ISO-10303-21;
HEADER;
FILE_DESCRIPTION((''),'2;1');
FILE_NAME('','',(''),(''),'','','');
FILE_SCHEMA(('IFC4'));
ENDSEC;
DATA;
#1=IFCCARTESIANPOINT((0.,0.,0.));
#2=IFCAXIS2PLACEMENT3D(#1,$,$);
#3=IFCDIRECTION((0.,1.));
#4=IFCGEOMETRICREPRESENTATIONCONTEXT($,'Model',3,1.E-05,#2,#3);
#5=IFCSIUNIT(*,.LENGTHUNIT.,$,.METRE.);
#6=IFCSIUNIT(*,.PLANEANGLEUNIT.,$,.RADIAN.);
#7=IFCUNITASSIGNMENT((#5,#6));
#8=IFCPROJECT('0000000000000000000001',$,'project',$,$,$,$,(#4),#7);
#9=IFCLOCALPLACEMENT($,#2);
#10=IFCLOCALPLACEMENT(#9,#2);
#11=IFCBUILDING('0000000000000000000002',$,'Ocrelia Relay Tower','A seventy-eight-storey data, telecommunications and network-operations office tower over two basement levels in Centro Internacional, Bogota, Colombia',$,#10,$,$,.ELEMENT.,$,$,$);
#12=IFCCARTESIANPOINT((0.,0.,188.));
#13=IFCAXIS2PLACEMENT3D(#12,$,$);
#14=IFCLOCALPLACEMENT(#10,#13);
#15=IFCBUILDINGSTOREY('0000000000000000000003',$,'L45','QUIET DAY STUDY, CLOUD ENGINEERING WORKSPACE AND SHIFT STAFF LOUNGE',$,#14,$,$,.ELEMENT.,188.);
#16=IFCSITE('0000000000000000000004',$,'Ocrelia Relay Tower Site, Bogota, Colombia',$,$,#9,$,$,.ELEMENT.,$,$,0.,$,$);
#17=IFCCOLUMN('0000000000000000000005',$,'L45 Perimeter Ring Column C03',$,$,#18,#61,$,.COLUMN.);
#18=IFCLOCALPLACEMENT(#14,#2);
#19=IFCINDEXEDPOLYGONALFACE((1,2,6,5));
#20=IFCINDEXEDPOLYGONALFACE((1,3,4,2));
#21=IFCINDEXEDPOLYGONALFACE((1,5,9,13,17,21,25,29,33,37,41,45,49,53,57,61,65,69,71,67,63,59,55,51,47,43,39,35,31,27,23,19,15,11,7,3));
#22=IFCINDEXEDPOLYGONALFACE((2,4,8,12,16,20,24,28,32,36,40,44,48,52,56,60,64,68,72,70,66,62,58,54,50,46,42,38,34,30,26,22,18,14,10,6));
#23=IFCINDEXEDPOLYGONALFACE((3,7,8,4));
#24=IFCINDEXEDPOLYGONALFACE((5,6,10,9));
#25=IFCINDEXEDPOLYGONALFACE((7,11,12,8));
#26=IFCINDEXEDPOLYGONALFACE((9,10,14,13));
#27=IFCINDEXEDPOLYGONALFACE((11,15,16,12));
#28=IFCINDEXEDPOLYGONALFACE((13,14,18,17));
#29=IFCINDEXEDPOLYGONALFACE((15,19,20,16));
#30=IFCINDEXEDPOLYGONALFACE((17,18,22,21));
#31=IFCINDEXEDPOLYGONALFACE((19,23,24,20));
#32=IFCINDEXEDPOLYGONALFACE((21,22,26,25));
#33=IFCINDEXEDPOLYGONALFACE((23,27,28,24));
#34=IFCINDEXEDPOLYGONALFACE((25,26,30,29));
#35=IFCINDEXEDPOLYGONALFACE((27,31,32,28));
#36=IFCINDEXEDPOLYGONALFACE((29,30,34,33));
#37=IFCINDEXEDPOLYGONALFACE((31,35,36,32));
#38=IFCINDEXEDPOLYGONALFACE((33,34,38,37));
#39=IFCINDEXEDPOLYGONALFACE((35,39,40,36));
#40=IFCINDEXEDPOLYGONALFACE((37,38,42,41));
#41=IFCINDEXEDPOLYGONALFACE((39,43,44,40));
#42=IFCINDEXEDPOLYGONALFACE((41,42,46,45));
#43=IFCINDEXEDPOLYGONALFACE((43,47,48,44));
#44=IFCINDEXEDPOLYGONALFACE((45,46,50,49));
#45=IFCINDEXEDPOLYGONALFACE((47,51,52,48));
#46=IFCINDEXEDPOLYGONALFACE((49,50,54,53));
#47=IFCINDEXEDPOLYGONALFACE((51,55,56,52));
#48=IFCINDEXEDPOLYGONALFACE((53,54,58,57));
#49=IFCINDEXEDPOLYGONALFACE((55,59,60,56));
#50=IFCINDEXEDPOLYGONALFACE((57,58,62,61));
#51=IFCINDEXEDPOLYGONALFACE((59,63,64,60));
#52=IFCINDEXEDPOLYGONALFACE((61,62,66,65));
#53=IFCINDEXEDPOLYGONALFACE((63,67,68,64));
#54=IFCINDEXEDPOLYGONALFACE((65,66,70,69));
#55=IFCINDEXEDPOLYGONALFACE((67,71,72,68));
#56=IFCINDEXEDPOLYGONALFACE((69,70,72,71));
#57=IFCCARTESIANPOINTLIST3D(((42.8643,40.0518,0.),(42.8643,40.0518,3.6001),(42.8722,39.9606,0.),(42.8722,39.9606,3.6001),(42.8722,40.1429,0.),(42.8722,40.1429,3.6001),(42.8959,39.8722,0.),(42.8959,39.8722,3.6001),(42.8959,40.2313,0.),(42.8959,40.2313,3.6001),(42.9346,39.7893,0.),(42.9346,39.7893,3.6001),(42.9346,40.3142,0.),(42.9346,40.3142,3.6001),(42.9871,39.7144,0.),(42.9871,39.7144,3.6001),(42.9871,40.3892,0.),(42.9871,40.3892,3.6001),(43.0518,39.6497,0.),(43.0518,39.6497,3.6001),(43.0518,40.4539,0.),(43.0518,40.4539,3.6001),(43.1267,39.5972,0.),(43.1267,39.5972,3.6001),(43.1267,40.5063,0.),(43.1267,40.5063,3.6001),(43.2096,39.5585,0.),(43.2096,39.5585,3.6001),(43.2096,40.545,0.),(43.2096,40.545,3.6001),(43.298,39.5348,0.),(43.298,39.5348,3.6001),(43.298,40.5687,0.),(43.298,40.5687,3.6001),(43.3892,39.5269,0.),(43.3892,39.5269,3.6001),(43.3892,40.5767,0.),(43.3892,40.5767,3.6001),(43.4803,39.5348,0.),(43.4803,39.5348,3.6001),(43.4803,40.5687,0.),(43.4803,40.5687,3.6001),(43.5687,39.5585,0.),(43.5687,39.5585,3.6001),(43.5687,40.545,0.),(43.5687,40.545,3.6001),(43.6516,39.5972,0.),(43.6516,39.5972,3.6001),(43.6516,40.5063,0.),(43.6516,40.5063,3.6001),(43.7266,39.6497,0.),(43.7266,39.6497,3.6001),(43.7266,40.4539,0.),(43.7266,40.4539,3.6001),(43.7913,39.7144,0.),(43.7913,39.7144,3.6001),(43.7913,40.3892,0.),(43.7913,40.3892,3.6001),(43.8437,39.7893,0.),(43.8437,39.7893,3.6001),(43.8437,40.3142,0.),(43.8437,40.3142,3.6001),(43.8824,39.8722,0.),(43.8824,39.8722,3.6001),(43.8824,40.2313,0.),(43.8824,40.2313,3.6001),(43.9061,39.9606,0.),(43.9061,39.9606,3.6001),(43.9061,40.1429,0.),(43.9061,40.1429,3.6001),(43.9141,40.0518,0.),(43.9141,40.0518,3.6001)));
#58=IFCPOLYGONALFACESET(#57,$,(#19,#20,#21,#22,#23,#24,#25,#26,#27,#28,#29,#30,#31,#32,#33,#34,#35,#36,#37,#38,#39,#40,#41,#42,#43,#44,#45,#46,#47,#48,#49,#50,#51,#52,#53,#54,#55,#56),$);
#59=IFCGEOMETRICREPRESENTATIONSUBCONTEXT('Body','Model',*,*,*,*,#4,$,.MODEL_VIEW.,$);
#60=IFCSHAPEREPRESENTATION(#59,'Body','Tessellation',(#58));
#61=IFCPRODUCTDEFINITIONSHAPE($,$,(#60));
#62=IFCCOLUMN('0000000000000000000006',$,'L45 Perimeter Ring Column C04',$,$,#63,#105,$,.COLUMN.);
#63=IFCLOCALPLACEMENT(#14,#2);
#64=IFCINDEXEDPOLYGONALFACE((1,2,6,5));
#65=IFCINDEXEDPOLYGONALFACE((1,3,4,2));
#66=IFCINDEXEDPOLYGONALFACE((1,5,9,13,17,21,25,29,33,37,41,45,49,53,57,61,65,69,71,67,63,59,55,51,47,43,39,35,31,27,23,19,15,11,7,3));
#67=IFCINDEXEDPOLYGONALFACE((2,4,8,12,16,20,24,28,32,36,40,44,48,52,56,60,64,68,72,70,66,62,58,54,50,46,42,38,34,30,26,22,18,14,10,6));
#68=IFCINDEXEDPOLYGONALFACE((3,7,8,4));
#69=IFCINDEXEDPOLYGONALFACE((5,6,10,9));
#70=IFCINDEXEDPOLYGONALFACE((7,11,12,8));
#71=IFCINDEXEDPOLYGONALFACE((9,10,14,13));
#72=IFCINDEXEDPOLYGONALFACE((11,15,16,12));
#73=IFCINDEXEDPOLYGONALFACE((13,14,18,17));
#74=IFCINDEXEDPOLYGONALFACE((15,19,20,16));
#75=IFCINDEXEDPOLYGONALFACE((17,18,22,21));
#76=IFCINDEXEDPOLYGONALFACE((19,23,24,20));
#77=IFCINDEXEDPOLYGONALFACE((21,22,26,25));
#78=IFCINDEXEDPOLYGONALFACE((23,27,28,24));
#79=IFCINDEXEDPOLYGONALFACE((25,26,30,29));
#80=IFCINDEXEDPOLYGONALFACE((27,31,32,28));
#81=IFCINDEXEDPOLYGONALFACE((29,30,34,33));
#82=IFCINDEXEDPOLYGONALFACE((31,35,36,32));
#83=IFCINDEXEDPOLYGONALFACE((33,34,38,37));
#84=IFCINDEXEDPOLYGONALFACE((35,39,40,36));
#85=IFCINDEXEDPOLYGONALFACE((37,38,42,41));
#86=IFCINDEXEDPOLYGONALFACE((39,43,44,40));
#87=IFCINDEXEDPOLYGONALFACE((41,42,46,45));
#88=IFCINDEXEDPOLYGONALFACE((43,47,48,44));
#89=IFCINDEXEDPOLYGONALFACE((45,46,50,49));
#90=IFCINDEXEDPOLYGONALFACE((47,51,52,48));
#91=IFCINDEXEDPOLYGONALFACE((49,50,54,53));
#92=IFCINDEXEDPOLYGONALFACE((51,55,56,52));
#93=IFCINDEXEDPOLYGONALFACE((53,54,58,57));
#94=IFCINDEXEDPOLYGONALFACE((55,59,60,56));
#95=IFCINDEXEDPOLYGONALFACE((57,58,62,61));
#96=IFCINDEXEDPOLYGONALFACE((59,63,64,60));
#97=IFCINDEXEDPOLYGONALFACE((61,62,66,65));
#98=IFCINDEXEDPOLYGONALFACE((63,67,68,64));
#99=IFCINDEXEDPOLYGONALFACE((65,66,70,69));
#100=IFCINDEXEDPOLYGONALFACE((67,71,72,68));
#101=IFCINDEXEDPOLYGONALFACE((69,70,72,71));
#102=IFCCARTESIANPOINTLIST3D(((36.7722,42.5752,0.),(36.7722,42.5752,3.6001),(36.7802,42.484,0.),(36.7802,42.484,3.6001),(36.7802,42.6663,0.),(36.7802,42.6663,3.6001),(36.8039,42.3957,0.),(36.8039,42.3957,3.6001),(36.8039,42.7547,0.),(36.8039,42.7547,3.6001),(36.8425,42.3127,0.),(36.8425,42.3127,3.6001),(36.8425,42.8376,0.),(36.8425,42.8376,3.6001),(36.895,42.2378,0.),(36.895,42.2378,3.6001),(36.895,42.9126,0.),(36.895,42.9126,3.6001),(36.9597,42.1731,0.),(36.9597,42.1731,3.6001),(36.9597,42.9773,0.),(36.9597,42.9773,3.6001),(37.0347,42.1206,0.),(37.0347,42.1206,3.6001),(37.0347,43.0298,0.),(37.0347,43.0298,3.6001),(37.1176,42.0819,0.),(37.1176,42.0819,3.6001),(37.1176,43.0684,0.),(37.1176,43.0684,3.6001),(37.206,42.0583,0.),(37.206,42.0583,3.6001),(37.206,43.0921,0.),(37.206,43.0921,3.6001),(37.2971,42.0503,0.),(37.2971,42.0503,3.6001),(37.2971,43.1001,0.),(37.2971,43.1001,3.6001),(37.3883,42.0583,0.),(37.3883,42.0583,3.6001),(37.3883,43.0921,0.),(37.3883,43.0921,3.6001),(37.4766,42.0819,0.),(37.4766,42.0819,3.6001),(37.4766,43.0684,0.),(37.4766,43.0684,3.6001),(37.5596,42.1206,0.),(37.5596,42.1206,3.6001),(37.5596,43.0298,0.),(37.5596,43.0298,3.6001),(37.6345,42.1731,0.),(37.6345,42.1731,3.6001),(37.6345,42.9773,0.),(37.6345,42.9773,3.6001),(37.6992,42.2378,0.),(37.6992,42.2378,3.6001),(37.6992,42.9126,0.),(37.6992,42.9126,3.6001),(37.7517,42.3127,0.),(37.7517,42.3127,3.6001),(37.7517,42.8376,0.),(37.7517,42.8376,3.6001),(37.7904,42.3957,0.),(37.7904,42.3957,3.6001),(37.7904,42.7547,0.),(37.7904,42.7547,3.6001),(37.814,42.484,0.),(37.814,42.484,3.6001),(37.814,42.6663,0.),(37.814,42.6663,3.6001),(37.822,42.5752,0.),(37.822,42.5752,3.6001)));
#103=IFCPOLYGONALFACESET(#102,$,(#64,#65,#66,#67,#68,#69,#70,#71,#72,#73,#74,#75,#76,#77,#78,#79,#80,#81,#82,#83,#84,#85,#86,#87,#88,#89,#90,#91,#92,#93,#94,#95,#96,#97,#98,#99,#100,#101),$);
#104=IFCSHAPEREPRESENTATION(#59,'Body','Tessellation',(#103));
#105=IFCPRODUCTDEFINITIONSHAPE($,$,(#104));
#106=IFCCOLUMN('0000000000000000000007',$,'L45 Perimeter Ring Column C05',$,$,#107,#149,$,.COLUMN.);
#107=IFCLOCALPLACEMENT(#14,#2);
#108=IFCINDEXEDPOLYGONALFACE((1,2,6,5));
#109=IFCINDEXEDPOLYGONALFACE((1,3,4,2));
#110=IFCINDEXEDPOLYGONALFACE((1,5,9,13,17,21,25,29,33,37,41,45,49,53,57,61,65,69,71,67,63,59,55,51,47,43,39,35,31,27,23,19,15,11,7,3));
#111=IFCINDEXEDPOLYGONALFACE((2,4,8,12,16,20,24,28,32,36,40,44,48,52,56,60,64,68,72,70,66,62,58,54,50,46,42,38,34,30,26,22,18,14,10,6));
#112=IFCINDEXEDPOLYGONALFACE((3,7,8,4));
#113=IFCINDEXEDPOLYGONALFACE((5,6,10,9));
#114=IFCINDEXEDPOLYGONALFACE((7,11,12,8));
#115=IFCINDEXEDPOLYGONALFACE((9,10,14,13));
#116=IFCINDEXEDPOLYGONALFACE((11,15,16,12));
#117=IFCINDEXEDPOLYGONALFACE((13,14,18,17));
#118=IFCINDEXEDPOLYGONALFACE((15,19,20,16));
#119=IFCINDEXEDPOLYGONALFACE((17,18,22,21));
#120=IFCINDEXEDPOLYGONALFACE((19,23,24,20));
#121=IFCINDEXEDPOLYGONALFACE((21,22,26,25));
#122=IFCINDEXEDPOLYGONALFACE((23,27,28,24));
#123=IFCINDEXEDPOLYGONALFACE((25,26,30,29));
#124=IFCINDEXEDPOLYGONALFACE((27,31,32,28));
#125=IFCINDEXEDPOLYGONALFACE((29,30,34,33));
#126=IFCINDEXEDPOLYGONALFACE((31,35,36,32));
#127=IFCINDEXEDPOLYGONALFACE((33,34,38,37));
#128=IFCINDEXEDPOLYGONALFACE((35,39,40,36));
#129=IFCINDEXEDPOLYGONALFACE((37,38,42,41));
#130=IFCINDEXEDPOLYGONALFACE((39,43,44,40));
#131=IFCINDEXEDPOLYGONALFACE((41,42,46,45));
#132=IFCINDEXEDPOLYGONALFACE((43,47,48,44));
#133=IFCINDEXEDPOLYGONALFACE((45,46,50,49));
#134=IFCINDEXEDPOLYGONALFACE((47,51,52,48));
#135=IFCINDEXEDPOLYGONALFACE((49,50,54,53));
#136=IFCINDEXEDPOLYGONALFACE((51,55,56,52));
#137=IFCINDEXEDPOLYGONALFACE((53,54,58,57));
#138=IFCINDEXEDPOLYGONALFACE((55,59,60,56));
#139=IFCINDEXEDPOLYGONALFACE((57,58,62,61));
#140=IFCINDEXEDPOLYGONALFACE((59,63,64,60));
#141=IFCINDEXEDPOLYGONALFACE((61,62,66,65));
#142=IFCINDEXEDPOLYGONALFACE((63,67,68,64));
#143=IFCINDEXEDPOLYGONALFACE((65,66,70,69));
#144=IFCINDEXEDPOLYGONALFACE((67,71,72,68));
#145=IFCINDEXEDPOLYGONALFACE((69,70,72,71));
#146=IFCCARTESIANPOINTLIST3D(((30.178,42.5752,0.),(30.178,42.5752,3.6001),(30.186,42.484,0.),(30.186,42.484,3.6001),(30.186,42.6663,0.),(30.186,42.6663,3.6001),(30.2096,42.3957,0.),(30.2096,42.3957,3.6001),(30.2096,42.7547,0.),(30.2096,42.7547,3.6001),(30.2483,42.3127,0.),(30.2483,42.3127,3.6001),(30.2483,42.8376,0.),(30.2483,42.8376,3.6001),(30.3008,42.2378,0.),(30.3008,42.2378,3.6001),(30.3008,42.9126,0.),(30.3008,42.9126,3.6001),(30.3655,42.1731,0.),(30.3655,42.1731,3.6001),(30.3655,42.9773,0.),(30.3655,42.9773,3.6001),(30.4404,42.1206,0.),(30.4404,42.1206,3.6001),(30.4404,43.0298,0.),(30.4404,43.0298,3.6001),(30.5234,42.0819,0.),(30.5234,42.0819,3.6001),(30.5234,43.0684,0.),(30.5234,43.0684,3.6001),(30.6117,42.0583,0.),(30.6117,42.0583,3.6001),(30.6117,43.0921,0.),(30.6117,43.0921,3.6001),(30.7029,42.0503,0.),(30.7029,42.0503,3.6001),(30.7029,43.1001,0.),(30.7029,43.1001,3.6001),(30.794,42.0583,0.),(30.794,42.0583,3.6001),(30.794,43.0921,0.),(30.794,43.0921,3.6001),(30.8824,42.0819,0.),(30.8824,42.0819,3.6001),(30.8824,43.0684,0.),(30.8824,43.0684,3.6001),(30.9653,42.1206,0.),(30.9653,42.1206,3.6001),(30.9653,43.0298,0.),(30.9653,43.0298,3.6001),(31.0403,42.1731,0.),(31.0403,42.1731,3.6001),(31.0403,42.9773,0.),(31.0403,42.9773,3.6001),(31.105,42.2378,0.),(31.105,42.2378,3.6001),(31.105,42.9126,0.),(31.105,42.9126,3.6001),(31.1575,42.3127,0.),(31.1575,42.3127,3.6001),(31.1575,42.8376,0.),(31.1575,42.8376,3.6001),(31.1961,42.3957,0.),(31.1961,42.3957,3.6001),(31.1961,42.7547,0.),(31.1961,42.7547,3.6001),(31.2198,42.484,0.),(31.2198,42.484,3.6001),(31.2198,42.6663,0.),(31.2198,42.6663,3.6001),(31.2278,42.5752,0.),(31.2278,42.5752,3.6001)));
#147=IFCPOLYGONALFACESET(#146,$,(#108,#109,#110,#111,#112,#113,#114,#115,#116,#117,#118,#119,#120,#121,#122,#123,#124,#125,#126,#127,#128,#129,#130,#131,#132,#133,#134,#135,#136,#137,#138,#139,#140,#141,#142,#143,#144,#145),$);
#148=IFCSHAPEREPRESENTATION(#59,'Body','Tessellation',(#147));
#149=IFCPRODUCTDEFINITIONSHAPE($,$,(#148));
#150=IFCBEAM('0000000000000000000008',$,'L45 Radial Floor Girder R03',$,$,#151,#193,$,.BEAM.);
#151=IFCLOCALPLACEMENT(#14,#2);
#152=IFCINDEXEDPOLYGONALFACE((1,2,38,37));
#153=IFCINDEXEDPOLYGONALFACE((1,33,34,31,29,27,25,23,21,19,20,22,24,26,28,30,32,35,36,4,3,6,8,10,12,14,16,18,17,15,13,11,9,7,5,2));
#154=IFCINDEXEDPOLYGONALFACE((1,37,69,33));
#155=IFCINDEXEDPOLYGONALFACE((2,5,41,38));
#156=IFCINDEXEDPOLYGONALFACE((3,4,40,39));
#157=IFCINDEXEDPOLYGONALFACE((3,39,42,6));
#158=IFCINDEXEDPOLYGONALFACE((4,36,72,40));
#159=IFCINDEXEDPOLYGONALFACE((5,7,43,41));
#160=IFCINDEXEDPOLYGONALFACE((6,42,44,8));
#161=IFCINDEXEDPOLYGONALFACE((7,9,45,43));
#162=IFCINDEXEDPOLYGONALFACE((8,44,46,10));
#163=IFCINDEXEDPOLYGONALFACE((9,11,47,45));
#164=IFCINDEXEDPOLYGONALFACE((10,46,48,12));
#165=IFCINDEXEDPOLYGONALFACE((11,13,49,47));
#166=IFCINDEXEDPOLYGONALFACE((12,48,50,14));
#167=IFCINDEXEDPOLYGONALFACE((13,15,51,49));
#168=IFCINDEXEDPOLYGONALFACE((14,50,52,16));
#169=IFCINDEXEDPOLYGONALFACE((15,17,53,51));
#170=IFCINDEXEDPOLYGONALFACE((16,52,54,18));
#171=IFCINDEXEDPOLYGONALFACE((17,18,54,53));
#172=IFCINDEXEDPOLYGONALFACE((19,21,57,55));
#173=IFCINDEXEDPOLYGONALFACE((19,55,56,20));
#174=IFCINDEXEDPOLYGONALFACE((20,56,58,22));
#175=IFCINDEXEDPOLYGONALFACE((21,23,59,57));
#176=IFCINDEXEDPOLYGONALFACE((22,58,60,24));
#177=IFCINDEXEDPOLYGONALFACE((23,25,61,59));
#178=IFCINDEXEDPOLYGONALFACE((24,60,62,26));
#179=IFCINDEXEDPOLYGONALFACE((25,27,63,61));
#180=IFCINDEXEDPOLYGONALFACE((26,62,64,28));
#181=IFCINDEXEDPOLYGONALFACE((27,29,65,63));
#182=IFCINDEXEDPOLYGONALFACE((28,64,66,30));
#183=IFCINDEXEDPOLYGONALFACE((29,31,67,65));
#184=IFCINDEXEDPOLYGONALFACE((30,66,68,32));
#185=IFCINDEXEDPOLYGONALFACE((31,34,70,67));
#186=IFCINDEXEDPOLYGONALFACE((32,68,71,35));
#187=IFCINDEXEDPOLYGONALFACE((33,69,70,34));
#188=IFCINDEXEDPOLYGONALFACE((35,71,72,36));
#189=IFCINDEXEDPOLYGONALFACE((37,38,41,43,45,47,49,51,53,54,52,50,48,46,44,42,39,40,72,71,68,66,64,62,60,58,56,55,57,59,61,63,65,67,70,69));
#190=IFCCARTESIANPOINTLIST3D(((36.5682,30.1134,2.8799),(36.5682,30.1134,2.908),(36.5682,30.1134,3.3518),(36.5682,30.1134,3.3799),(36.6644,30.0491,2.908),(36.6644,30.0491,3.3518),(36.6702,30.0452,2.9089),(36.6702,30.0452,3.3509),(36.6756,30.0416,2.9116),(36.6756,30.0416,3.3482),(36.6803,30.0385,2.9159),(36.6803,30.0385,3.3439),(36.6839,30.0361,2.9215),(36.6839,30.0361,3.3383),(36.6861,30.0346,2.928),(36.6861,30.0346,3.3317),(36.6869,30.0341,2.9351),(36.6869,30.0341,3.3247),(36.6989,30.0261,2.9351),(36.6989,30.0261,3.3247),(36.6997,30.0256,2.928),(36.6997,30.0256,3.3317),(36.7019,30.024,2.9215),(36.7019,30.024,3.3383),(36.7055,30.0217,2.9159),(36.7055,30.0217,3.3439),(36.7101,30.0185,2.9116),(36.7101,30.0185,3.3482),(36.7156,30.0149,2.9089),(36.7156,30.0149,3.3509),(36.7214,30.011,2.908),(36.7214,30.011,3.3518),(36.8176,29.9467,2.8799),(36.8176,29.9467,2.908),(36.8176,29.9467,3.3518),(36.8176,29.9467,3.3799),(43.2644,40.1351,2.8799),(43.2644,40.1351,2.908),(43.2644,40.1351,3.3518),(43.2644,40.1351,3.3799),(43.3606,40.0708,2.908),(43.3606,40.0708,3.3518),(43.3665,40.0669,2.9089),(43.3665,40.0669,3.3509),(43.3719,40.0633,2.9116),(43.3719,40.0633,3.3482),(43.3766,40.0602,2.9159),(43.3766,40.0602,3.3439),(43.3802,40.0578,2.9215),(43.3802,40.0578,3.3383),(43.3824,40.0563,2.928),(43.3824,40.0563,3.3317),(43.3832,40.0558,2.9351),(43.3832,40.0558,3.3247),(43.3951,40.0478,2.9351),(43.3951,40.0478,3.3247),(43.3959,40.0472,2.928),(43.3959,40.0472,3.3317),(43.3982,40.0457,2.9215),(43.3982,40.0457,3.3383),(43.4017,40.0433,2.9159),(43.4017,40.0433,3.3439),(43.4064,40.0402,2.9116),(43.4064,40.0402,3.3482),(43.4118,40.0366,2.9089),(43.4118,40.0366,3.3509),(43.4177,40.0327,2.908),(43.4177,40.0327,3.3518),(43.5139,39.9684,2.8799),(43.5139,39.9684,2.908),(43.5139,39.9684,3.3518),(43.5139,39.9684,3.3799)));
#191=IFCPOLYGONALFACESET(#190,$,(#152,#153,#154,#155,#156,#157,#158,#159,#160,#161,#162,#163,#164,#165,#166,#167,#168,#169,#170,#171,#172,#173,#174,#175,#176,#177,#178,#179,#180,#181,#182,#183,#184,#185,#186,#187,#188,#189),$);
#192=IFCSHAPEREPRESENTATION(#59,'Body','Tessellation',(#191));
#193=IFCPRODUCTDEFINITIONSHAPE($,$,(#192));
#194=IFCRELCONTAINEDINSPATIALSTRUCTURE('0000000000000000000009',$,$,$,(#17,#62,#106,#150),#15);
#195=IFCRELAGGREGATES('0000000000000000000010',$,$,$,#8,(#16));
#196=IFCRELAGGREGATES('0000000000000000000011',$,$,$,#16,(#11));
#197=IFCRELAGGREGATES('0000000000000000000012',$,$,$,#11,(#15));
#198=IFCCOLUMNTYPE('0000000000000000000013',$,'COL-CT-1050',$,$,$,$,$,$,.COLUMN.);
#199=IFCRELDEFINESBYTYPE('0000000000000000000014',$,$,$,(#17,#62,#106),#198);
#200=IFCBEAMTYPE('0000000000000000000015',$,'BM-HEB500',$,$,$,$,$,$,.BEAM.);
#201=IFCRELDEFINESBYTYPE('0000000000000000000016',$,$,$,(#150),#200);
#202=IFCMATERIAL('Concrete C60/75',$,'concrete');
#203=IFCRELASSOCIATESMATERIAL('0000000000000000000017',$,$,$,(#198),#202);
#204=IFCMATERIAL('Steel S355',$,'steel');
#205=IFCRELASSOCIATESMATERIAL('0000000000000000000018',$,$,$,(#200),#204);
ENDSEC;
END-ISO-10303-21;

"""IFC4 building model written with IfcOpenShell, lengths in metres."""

from ifc_helpers import new_model, si_unit, direction, frame, origin, origin_2d, place, context, subcontext, project, spatial, circle, i_section, extrude, material, material_profile, profile_set, type_object, element, save


model = new_model("IFC4")

# Units and contexts
model_context = context("Model", 3, precision=1e-05, world=origin(), true_north=direction((0.0, 1.0)))
body_context = subcontext(model_context, "Body", "Model", "MODEL_VIEW")
ifc_project = project(units=[si_unit("LENGTHUNIT", "METRE"), si_unit("PLANEANGLEUNIT", "RADIAN")], contexts=[model_context])

# Site, building, storey
site_placement = place(None, origin())
site = spatial("IfcSite", under=ifc_project, at=site_placement, Name="Ocrelia Relay Tower Site, Bogota, Colombia", CompositionType="ELEMENT", RefElevation=0.0)
building_placement = place(site_placement, origin())
building = spatial("IfcBuilding", under=site, at=building_placement, Name="Ocrelia Relay Tower", Description="A seventy-eight-storey data, telecommunications and network-operations office tower over two basement levels in Centro Internacional, Bogota, Colombia", CompositionType="ELEMENT")
storey_placement = place(building_placement, frame((0.0, 0.0, 188.0)))
storey = spatial("IfcBuildingStorey", under=building, at=storey_placement, Name="L45", Description="QUIET DAY STUDY, CLOUD ENGINEERING WORKSPACE AND SHIFT STAFF LOUNGE", CompositionType="ELEMENT", Elevation=188.0)

# Columns
ifc_material_1 = material(Name="Concrete C60/75", Category="concrete")
ifc_material_profile_1 = material_profile(ifc_material_1, circle(Radius=0.5249, at=origin_2d()), Name="RC-CIR-1050")
ifc_profile_set_1 = profile_set([ifc_material_profile_1], Name="Concrete C60/75")
column_type = type_object("IfcColumnType", Name="COL-CT-1050", PredefinedType="COLUMN", material=ifc_profile_set_1)
for number, where, z_axis, x_axis, name in (
    (1, (43.3892, 40.0518, 0.0), (0.0, 0.0, 1.0), (1.0, 0.0, 0.0), "L45 Perimeter Ring Column C03"),
    (2, (37.2971, 42.5752, 0.0), (0.0, 0.0, 1.0), (1.0, 0.0, 0.0), "L45 Perimeter Ring Column C04"),
    (3, (30.7029, 42.5752, 0.0), (0.0, 0.0, 1.0), (1.0, 0.0, 0.0), "L45 Perimeter Ring Column C05"),
):
    element("IfcColumn", number, at=place(storey_placement, frame(where, z_axis=z_axis, x_axis=x_axis)), inside=storey, type_object=column_type, Name=name, PredefinedType="COLUMN", context=body_context, shape_type="SweptSolid", body=[
        extrude(circle(Radius=0.5249, at=origin_2d()), origin(), (0.0, 0.0, 1.0), 3.6001),
    ])

# Beam
ifc_material_2 = material(Name="Steel S355", Category="steel")
ifc_material_profile_2 = material_profile(ifc_material_2, i_section(OverallWidth=0.3, OverallDepth=0.5, WebThickness=0.0144, FlangeThickness=0.0281, FilletRadius=0.0271, at=origin_2d()), Name="HEB 500")
ifc_profile_set_2 = profile_set([ifc_material_profile_2], Name="Steel S355")
beam_type_1 = type_object("IfcBeamType", Name="BM-HEB500", PredefinedType="BEAM", material=ifc_profile_set_2)
beam_1_placement = place(storey_placement, frame((43.3892, 40.0518, 3.1299), z_axis=(-0.555569, -0.83147, 0.0), x_axis=(0.83147, -0.555569, 0.0)))
element("IfcBeam", 4, at=beam_1_placement, inside=storey, type_object=beam_type_1, Name="L45 Radial Floor Girder R03", PredefinedType="BEAM", context=body_context, shape_type="SweptSolid", body=[
    extrude(i_section(OverallWidth=0.3, OverallDepth=0.5, WebThickness=0.0144, FlangeThickness=0.0281, FilletRadius=0.0271, at=origin_2d()), origin(), (0.0, 0.0, 1.0), 12.053),
])

save(model, "model.ifc")
